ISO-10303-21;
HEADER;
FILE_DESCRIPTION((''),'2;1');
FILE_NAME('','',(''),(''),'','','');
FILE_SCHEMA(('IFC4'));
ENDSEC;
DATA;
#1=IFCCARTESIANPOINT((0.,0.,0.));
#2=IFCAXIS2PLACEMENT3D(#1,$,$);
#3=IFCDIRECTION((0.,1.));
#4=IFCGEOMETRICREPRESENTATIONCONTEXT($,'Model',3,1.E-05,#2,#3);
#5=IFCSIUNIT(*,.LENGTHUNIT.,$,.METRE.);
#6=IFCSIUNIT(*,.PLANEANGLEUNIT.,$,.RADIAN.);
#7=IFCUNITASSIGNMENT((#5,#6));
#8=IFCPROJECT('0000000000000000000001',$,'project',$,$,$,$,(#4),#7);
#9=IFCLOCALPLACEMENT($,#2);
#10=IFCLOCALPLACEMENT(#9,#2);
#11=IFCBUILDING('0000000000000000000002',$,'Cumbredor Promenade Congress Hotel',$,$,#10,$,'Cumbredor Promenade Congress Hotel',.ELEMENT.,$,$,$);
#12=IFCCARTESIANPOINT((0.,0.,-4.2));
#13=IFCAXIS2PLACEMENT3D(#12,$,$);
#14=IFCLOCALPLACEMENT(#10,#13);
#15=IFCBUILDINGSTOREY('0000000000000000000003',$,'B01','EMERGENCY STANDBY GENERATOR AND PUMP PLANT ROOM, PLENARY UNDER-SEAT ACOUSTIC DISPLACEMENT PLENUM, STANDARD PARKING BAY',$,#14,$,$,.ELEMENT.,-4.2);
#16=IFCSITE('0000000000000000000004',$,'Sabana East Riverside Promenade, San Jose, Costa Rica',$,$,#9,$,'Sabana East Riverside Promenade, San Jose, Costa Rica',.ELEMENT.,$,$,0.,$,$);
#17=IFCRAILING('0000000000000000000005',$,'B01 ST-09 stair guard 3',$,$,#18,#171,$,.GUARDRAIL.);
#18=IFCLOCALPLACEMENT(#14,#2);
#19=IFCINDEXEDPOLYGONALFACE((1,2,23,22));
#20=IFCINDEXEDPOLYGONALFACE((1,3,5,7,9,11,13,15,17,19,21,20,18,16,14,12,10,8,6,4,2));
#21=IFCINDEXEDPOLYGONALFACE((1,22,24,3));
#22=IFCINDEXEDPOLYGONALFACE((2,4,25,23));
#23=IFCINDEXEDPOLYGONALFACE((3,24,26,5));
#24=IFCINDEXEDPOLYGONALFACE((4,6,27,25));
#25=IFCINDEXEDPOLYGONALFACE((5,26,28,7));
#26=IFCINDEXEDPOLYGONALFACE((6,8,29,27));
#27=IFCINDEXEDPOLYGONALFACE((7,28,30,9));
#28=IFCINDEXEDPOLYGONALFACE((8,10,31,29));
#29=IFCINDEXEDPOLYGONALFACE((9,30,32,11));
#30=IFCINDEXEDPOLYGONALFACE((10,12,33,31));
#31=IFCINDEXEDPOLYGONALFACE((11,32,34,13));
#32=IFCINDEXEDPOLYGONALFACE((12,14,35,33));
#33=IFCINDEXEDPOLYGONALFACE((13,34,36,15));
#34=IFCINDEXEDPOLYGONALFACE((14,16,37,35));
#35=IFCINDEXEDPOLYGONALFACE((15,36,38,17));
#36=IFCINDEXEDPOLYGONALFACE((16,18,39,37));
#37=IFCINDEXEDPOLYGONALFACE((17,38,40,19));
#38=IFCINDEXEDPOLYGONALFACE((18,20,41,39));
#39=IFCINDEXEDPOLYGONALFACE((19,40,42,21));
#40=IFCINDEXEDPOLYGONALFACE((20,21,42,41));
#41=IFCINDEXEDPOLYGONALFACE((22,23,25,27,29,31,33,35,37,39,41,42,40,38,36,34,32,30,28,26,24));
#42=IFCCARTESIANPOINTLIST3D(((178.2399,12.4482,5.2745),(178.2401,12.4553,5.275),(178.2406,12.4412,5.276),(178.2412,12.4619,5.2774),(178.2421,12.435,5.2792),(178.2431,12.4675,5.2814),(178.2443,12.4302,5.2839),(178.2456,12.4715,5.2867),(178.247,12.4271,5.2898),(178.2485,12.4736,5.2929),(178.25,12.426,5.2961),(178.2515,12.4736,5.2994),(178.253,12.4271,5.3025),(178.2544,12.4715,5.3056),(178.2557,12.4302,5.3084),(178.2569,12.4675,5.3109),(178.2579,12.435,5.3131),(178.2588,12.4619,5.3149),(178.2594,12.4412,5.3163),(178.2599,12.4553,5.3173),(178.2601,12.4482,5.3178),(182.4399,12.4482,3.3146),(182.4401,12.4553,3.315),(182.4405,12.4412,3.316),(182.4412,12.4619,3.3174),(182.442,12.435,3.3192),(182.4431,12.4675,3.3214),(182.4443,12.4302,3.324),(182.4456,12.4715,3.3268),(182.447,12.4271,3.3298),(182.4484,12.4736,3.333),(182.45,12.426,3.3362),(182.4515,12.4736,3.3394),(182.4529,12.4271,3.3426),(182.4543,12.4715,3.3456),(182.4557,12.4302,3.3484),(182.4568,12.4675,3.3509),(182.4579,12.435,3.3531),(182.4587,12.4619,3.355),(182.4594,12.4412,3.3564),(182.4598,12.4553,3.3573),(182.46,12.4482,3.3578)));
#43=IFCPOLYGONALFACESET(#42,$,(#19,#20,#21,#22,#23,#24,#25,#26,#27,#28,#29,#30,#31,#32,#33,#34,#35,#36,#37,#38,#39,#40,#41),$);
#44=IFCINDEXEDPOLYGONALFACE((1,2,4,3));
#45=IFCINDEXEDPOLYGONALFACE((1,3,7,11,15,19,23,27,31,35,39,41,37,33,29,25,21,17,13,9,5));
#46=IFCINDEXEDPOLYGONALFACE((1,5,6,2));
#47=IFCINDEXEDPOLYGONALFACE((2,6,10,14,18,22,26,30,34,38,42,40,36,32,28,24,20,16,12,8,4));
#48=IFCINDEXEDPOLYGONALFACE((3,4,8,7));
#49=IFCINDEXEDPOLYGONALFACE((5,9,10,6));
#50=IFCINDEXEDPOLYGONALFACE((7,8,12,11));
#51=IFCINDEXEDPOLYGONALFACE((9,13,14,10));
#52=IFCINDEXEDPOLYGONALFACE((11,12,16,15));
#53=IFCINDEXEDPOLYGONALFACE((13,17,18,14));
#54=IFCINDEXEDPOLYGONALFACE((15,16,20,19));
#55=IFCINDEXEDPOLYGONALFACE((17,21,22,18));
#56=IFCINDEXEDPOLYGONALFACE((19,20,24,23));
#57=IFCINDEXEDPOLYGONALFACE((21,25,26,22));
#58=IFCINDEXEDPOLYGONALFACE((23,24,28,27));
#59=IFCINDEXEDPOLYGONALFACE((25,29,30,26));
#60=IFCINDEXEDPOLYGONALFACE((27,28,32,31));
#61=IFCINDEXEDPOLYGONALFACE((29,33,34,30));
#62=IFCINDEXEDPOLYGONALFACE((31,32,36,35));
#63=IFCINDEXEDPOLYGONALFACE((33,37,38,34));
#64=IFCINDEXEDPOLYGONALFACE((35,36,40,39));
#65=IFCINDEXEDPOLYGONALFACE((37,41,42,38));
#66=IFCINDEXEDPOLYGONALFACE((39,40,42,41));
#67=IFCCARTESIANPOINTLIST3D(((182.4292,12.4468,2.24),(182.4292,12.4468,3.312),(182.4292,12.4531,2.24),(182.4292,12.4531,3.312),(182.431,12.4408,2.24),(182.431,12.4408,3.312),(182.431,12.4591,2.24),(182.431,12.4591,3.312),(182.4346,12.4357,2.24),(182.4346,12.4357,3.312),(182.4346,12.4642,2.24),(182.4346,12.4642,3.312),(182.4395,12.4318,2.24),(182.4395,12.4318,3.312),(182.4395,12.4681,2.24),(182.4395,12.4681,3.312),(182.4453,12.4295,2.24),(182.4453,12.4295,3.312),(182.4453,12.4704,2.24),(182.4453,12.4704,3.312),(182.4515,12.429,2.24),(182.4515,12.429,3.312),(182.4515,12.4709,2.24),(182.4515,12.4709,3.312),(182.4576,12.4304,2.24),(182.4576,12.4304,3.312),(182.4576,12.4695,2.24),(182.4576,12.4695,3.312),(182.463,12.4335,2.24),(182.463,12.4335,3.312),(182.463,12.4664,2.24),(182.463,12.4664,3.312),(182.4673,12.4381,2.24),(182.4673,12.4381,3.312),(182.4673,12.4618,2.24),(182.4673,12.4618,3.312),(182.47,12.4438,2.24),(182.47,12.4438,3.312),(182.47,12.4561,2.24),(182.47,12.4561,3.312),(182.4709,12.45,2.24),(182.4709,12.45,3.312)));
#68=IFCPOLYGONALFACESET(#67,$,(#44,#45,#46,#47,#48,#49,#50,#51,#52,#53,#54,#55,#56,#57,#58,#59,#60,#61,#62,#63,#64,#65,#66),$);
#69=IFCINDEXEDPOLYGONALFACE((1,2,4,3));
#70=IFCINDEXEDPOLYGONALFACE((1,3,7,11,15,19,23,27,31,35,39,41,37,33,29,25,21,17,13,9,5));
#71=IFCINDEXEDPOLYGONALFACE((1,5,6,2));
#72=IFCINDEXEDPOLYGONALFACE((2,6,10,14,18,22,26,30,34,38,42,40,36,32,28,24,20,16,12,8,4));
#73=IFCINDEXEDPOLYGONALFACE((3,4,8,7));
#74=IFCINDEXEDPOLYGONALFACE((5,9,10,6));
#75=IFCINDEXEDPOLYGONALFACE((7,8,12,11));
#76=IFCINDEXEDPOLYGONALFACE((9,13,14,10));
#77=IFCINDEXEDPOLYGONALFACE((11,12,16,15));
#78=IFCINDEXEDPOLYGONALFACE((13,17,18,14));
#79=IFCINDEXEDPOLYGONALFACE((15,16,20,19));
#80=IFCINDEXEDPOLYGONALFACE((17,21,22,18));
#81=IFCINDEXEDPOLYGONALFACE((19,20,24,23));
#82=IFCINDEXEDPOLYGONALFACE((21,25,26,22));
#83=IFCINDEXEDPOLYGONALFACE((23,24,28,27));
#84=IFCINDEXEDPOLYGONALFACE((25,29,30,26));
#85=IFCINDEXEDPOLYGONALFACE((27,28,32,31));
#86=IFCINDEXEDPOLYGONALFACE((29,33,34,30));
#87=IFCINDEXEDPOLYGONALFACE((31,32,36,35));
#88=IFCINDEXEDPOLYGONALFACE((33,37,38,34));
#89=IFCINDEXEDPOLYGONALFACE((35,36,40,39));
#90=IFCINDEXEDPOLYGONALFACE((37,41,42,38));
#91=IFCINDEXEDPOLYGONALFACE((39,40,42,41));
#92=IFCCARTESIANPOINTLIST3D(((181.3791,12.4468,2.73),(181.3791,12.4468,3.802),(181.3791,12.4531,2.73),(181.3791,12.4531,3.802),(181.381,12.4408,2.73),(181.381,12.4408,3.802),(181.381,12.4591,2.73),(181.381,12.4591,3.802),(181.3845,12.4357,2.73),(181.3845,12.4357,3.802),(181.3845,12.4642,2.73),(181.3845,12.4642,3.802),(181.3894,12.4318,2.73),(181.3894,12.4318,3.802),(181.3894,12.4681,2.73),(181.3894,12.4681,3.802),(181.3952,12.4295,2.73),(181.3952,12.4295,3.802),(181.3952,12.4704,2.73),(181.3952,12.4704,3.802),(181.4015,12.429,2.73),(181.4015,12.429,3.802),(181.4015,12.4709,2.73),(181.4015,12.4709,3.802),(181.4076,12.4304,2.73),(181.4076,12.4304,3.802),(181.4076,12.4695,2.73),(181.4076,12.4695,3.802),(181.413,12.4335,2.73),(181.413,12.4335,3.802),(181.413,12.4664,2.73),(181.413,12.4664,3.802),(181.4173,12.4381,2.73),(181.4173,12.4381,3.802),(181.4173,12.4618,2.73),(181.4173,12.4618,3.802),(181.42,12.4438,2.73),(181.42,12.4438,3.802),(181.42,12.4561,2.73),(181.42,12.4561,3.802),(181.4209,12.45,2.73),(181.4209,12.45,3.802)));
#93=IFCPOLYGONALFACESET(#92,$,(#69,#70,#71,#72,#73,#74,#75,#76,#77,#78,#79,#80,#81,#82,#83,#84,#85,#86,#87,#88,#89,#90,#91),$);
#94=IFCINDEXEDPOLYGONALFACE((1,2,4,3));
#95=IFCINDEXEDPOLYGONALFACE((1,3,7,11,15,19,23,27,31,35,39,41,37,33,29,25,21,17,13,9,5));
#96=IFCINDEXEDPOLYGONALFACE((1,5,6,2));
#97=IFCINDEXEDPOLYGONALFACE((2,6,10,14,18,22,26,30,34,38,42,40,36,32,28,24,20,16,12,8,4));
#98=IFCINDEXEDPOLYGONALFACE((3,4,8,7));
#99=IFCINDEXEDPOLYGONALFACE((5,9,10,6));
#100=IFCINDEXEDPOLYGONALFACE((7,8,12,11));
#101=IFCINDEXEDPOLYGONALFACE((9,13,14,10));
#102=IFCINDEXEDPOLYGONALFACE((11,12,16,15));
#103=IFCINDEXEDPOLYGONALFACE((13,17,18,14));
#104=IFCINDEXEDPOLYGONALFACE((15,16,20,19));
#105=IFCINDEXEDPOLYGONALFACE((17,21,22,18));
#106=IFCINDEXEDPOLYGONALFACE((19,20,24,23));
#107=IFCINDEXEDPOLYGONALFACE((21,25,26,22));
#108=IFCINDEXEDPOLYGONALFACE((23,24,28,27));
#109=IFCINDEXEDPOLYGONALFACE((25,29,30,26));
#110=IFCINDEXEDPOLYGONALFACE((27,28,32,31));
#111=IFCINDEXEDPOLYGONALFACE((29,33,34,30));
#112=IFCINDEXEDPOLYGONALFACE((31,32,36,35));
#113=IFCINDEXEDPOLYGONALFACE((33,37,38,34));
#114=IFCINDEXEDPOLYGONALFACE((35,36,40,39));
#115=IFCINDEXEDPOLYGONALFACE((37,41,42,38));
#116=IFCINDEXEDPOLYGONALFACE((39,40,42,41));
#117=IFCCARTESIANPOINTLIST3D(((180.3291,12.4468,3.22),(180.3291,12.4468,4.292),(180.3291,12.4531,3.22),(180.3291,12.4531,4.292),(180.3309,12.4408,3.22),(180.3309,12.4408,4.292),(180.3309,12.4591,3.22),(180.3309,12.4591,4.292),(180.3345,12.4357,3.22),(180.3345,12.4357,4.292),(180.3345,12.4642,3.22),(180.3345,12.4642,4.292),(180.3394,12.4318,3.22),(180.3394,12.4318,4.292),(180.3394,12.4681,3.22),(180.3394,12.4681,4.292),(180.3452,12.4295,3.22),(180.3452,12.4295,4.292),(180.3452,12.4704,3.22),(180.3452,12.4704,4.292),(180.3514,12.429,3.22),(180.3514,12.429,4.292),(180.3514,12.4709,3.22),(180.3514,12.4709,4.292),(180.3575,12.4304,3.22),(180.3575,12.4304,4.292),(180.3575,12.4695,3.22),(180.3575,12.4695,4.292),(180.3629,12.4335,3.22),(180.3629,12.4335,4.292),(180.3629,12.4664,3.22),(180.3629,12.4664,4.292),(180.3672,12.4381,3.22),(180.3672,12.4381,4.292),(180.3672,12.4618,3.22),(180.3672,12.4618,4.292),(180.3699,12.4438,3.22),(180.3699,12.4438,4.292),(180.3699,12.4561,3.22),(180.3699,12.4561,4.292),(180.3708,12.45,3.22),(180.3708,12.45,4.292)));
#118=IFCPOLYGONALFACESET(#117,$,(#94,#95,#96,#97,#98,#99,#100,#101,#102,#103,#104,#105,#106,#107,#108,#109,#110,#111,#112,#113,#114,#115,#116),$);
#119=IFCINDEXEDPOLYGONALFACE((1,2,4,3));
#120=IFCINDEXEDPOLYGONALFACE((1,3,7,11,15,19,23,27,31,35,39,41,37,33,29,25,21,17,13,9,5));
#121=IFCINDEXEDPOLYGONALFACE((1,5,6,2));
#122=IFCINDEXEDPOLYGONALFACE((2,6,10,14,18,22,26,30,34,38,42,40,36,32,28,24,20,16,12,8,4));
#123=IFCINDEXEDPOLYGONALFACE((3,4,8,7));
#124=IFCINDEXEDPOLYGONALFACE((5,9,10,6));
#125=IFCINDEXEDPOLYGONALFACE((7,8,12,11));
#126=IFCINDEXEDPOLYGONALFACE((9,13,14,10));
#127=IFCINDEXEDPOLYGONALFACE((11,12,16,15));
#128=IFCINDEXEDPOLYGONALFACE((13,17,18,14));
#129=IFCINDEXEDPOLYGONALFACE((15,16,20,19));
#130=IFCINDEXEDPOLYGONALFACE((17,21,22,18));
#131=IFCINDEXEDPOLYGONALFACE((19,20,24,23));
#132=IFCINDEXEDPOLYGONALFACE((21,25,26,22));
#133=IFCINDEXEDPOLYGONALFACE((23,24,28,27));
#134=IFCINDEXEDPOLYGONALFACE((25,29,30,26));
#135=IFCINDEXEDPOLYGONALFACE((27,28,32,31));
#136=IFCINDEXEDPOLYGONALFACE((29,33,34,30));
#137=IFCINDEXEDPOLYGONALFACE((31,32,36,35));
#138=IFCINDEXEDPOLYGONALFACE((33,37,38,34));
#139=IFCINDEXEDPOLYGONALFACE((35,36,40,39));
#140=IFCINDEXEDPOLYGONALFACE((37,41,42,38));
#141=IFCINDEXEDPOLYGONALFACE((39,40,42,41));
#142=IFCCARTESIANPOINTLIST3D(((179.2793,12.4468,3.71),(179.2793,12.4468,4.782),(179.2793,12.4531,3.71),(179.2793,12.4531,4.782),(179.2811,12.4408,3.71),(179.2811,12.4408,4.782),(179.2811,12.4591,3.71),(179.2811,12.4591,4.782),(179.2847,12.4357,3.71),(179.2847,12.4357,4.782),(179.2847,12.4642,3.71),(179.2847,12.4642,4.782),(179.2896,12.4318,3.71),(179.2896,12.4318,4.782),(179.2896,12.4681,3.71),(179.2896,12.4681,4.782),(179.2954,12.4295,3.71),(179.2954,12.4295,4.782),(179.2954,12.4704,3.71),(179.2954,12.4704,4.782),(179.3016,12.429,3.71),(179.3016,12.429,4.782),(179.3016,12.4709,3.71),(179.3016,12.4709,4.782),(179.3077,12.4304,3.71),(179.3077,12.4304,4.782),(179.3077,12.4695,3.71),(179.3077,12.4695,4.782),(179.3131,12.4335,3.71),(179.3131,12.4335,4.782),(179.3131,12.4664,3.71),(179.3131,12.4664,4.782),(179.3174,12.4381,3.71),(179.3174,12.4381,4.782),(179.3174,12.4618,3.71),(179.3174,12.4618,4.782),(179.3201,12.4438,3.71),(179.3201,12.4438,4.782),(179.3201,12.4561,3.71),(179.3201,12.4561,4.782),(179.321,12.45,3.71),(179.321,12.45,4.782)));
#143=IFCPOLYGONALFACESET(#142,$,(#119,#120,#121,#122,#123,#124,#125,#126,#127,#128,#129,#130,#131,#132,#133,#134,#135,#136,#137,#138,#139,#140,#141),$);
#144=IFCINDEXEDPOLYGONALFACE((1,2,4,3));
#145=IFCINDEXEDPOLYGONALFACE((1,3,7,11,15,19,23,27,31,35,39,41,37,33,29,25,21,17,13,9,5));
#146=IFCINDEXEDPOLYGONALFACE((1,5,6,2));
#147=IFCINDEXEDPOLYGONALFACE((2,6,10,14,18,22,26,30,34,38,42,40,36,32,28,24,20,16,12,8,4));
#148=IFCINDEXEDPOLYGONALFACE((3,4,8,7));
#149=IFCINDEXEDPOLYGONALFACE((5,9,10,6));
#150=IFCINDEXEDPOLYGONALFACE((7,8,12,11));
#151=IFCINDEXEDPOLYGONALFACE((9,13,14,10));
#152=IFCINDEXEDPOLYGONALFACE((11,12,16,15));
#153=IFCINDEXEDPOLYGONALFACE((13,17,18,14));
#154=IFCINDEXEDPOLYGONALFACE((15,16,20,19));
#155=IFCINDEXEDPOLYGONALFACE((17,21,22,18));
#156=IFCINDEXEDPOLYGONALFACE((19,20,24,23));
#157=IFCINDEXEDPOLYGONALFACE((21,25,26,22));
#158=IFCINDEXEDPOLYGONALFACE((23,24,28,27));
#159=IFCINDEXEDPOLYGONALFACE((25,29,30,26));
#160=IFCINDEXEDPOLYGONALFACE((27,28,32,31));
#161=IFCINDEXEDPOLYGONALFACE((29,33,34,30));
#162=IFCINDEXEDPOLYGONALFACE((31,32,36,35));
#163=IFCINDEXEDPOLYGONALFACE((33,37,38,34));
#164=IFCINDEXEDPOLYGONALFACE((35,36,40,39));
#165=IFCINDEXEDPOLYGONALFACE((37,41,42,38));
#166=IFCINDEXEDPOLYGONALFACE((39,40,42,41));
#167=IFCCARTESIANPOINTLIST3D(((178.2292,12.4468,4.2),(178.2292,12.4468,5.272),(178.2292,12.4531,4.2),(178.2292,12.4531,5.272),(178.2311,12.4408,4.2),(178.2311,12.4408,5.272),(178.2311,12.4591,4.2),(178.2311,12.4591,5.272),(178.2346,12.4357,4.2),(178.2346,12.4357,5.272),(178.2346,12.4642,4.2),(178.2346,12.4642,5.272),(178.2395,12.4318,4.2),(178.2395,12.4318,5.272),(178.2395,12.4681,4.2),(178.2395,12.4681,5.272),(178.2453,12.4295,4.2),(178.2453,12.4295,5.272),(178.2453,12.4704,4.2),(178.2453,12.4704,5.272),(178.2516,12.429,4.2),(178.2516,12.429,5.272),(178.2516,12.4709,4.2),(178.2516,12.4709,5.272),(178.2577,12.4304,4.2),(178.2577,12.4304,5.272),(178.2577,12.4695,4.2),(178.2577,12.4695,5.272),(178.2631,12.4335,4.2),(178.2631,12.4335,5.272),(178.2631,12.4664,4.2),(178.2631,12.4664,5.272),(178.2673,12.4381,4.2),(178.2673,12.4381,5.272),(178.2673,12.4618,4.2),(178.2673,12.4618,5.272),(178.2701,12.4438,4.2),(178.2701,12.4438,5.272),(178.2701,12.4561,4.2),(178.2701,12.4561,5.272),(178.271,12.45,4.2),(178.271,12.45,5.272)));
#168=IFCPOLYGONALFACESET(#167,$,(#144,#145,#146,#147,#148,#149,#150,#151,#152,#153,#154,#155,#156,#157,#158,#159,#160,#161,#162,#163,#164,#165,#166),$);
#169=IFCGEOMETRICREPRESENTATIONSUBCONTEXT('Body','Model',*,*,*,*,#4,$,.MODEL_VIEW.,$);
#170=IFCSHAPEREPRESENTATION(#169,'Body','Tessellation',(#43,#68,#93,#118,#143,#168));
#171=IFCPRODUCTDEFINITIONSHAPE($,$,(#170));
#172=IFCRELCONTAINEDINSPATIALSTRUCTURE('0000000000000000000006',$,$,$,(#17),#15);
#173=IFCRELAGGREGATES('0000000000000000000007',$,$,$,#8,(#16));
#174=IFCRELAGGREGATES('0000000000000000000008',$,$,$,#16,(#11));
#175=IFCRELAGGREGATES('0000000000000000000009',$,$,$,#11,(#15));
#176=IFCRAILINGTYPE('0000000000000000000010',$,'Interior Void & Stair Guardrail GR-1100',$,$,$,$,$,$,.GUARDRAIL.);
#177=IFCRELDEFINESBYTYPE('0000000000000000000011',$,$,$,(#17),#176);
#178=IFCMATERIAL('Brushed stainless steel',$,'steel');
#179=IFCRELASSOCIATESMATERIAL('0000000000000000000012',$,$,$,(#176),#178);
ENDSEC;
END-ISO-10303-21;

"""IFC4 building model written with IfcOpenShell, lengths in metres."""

from ifc_helpers import new_model, si_unit, direction, frame, origin, origin_2d, place, context, subcontext, project, spatial, circle, extrude, material, type_object, element, save


model = new_model("IFC4")

# Units and contexts
model_context = context("Model", 3, precision=1e-05, world=origin(), true_north=direction((0.0, 1.0)))
body_context = subcontext(model_context, "Body", "Model", "MODEL_VIEW")
ifc_project = project(units=[si_unit("LENGTHUNIT", "METRE"), si_unit("PLANEANGLEUNIT", "RADIAN")], contexts=[model_context])

# Site, building, storey
site_placement = place(None, origin())
site = spatial("IfcSite", under=ifc_project, at=site_placement, Name="Sabana East Riverside Promenade, San Jose, Costa Rica", LongName="Sabana East Riverside Promenade, San Jose, Costa Rica", CompositionType="ELEMENT", RefElevation=0.0)
building_placement = place(site_placement, origin())
building = spatial("IfcBuilding", under=site, at=building_placement, Name="Cumbredor Promenade Congress Hotel", LongName="Cumbredor Promenade Congress Hotel", CompositionType="ELEMENT")
storey_placement = place(building_placement, frame((0.0, 0.0, -4.2)))
storey = spatial("IfcBuildingStorey", under=building, at=storey_placement, Name="B01", Description="EMERGENCY STANDBY GENERATOR AND PUMP PLANT ROOM, PLENARY UNDER-SEAT ACOUSTIC DISPLACEMENT PLENUM, STANDARD PARKING BAY", CompositionType="ELEMENT", Elevation=-4.2)

# Railing
ifc_material_1 = material(Name="Brushed stainless steel", Category="steel")
railing_type_1 = type_object("IfcRailingType", Name="Interior Void & Stair Guardrail GR-1100", PredefinedType="GUARDRAIL", material=ifc_material_1)
railing_1_placement = place(storey_placement, frame((182.45, 12.45, 2.24)))
element("IfcRailing", 1, at=railing_1_placement, inside=storey, type_object=railing_type_1, Name="B01 ST-09 stair guard 3", PredefinedType="GUARDRAIL", context=body_context, shape_type="SweptSolid", body=[
    extrude(circle(Radius=0.0239, at=origin_2d()), frame((0.0, 0.0, 1.0962), z_axis=(-0.906184, 0.0, 0.422883), x_axis=(0.0, -1.0, 0.0)), (0.0, 0.0, 1.0), 4.6348),
    extrude(circle(Radius=0.021, at=origin_2d()), origin(), (0.0, 0.0, 1.0), 1.072),
    extrude(circle(Radius=0.021, at=origin_2d()), frame((-1.05, 0.0, 0.49)), (0.0, 0.0, 1.0), 1.072),
    extrude(circle(Radius=0.021, at=origin_2d()), frame((-2.1001, 0.0, 0.98)), (0.0, 0.0, 1.0), 1.072),
    extrude(circle(Radius=0.021, at=origin_2d()), frame((-3.1499, 0.0, 1.47)), (0.0, 0.0, 1.0), 1.072),
    extrude(circle(Radius=0.021, at=origin_2d()), frame((-4.2, 0.0, 1.96)), (0.0, 0.0, 1.0), 1.072),
])

save(model, "model.ifc")
